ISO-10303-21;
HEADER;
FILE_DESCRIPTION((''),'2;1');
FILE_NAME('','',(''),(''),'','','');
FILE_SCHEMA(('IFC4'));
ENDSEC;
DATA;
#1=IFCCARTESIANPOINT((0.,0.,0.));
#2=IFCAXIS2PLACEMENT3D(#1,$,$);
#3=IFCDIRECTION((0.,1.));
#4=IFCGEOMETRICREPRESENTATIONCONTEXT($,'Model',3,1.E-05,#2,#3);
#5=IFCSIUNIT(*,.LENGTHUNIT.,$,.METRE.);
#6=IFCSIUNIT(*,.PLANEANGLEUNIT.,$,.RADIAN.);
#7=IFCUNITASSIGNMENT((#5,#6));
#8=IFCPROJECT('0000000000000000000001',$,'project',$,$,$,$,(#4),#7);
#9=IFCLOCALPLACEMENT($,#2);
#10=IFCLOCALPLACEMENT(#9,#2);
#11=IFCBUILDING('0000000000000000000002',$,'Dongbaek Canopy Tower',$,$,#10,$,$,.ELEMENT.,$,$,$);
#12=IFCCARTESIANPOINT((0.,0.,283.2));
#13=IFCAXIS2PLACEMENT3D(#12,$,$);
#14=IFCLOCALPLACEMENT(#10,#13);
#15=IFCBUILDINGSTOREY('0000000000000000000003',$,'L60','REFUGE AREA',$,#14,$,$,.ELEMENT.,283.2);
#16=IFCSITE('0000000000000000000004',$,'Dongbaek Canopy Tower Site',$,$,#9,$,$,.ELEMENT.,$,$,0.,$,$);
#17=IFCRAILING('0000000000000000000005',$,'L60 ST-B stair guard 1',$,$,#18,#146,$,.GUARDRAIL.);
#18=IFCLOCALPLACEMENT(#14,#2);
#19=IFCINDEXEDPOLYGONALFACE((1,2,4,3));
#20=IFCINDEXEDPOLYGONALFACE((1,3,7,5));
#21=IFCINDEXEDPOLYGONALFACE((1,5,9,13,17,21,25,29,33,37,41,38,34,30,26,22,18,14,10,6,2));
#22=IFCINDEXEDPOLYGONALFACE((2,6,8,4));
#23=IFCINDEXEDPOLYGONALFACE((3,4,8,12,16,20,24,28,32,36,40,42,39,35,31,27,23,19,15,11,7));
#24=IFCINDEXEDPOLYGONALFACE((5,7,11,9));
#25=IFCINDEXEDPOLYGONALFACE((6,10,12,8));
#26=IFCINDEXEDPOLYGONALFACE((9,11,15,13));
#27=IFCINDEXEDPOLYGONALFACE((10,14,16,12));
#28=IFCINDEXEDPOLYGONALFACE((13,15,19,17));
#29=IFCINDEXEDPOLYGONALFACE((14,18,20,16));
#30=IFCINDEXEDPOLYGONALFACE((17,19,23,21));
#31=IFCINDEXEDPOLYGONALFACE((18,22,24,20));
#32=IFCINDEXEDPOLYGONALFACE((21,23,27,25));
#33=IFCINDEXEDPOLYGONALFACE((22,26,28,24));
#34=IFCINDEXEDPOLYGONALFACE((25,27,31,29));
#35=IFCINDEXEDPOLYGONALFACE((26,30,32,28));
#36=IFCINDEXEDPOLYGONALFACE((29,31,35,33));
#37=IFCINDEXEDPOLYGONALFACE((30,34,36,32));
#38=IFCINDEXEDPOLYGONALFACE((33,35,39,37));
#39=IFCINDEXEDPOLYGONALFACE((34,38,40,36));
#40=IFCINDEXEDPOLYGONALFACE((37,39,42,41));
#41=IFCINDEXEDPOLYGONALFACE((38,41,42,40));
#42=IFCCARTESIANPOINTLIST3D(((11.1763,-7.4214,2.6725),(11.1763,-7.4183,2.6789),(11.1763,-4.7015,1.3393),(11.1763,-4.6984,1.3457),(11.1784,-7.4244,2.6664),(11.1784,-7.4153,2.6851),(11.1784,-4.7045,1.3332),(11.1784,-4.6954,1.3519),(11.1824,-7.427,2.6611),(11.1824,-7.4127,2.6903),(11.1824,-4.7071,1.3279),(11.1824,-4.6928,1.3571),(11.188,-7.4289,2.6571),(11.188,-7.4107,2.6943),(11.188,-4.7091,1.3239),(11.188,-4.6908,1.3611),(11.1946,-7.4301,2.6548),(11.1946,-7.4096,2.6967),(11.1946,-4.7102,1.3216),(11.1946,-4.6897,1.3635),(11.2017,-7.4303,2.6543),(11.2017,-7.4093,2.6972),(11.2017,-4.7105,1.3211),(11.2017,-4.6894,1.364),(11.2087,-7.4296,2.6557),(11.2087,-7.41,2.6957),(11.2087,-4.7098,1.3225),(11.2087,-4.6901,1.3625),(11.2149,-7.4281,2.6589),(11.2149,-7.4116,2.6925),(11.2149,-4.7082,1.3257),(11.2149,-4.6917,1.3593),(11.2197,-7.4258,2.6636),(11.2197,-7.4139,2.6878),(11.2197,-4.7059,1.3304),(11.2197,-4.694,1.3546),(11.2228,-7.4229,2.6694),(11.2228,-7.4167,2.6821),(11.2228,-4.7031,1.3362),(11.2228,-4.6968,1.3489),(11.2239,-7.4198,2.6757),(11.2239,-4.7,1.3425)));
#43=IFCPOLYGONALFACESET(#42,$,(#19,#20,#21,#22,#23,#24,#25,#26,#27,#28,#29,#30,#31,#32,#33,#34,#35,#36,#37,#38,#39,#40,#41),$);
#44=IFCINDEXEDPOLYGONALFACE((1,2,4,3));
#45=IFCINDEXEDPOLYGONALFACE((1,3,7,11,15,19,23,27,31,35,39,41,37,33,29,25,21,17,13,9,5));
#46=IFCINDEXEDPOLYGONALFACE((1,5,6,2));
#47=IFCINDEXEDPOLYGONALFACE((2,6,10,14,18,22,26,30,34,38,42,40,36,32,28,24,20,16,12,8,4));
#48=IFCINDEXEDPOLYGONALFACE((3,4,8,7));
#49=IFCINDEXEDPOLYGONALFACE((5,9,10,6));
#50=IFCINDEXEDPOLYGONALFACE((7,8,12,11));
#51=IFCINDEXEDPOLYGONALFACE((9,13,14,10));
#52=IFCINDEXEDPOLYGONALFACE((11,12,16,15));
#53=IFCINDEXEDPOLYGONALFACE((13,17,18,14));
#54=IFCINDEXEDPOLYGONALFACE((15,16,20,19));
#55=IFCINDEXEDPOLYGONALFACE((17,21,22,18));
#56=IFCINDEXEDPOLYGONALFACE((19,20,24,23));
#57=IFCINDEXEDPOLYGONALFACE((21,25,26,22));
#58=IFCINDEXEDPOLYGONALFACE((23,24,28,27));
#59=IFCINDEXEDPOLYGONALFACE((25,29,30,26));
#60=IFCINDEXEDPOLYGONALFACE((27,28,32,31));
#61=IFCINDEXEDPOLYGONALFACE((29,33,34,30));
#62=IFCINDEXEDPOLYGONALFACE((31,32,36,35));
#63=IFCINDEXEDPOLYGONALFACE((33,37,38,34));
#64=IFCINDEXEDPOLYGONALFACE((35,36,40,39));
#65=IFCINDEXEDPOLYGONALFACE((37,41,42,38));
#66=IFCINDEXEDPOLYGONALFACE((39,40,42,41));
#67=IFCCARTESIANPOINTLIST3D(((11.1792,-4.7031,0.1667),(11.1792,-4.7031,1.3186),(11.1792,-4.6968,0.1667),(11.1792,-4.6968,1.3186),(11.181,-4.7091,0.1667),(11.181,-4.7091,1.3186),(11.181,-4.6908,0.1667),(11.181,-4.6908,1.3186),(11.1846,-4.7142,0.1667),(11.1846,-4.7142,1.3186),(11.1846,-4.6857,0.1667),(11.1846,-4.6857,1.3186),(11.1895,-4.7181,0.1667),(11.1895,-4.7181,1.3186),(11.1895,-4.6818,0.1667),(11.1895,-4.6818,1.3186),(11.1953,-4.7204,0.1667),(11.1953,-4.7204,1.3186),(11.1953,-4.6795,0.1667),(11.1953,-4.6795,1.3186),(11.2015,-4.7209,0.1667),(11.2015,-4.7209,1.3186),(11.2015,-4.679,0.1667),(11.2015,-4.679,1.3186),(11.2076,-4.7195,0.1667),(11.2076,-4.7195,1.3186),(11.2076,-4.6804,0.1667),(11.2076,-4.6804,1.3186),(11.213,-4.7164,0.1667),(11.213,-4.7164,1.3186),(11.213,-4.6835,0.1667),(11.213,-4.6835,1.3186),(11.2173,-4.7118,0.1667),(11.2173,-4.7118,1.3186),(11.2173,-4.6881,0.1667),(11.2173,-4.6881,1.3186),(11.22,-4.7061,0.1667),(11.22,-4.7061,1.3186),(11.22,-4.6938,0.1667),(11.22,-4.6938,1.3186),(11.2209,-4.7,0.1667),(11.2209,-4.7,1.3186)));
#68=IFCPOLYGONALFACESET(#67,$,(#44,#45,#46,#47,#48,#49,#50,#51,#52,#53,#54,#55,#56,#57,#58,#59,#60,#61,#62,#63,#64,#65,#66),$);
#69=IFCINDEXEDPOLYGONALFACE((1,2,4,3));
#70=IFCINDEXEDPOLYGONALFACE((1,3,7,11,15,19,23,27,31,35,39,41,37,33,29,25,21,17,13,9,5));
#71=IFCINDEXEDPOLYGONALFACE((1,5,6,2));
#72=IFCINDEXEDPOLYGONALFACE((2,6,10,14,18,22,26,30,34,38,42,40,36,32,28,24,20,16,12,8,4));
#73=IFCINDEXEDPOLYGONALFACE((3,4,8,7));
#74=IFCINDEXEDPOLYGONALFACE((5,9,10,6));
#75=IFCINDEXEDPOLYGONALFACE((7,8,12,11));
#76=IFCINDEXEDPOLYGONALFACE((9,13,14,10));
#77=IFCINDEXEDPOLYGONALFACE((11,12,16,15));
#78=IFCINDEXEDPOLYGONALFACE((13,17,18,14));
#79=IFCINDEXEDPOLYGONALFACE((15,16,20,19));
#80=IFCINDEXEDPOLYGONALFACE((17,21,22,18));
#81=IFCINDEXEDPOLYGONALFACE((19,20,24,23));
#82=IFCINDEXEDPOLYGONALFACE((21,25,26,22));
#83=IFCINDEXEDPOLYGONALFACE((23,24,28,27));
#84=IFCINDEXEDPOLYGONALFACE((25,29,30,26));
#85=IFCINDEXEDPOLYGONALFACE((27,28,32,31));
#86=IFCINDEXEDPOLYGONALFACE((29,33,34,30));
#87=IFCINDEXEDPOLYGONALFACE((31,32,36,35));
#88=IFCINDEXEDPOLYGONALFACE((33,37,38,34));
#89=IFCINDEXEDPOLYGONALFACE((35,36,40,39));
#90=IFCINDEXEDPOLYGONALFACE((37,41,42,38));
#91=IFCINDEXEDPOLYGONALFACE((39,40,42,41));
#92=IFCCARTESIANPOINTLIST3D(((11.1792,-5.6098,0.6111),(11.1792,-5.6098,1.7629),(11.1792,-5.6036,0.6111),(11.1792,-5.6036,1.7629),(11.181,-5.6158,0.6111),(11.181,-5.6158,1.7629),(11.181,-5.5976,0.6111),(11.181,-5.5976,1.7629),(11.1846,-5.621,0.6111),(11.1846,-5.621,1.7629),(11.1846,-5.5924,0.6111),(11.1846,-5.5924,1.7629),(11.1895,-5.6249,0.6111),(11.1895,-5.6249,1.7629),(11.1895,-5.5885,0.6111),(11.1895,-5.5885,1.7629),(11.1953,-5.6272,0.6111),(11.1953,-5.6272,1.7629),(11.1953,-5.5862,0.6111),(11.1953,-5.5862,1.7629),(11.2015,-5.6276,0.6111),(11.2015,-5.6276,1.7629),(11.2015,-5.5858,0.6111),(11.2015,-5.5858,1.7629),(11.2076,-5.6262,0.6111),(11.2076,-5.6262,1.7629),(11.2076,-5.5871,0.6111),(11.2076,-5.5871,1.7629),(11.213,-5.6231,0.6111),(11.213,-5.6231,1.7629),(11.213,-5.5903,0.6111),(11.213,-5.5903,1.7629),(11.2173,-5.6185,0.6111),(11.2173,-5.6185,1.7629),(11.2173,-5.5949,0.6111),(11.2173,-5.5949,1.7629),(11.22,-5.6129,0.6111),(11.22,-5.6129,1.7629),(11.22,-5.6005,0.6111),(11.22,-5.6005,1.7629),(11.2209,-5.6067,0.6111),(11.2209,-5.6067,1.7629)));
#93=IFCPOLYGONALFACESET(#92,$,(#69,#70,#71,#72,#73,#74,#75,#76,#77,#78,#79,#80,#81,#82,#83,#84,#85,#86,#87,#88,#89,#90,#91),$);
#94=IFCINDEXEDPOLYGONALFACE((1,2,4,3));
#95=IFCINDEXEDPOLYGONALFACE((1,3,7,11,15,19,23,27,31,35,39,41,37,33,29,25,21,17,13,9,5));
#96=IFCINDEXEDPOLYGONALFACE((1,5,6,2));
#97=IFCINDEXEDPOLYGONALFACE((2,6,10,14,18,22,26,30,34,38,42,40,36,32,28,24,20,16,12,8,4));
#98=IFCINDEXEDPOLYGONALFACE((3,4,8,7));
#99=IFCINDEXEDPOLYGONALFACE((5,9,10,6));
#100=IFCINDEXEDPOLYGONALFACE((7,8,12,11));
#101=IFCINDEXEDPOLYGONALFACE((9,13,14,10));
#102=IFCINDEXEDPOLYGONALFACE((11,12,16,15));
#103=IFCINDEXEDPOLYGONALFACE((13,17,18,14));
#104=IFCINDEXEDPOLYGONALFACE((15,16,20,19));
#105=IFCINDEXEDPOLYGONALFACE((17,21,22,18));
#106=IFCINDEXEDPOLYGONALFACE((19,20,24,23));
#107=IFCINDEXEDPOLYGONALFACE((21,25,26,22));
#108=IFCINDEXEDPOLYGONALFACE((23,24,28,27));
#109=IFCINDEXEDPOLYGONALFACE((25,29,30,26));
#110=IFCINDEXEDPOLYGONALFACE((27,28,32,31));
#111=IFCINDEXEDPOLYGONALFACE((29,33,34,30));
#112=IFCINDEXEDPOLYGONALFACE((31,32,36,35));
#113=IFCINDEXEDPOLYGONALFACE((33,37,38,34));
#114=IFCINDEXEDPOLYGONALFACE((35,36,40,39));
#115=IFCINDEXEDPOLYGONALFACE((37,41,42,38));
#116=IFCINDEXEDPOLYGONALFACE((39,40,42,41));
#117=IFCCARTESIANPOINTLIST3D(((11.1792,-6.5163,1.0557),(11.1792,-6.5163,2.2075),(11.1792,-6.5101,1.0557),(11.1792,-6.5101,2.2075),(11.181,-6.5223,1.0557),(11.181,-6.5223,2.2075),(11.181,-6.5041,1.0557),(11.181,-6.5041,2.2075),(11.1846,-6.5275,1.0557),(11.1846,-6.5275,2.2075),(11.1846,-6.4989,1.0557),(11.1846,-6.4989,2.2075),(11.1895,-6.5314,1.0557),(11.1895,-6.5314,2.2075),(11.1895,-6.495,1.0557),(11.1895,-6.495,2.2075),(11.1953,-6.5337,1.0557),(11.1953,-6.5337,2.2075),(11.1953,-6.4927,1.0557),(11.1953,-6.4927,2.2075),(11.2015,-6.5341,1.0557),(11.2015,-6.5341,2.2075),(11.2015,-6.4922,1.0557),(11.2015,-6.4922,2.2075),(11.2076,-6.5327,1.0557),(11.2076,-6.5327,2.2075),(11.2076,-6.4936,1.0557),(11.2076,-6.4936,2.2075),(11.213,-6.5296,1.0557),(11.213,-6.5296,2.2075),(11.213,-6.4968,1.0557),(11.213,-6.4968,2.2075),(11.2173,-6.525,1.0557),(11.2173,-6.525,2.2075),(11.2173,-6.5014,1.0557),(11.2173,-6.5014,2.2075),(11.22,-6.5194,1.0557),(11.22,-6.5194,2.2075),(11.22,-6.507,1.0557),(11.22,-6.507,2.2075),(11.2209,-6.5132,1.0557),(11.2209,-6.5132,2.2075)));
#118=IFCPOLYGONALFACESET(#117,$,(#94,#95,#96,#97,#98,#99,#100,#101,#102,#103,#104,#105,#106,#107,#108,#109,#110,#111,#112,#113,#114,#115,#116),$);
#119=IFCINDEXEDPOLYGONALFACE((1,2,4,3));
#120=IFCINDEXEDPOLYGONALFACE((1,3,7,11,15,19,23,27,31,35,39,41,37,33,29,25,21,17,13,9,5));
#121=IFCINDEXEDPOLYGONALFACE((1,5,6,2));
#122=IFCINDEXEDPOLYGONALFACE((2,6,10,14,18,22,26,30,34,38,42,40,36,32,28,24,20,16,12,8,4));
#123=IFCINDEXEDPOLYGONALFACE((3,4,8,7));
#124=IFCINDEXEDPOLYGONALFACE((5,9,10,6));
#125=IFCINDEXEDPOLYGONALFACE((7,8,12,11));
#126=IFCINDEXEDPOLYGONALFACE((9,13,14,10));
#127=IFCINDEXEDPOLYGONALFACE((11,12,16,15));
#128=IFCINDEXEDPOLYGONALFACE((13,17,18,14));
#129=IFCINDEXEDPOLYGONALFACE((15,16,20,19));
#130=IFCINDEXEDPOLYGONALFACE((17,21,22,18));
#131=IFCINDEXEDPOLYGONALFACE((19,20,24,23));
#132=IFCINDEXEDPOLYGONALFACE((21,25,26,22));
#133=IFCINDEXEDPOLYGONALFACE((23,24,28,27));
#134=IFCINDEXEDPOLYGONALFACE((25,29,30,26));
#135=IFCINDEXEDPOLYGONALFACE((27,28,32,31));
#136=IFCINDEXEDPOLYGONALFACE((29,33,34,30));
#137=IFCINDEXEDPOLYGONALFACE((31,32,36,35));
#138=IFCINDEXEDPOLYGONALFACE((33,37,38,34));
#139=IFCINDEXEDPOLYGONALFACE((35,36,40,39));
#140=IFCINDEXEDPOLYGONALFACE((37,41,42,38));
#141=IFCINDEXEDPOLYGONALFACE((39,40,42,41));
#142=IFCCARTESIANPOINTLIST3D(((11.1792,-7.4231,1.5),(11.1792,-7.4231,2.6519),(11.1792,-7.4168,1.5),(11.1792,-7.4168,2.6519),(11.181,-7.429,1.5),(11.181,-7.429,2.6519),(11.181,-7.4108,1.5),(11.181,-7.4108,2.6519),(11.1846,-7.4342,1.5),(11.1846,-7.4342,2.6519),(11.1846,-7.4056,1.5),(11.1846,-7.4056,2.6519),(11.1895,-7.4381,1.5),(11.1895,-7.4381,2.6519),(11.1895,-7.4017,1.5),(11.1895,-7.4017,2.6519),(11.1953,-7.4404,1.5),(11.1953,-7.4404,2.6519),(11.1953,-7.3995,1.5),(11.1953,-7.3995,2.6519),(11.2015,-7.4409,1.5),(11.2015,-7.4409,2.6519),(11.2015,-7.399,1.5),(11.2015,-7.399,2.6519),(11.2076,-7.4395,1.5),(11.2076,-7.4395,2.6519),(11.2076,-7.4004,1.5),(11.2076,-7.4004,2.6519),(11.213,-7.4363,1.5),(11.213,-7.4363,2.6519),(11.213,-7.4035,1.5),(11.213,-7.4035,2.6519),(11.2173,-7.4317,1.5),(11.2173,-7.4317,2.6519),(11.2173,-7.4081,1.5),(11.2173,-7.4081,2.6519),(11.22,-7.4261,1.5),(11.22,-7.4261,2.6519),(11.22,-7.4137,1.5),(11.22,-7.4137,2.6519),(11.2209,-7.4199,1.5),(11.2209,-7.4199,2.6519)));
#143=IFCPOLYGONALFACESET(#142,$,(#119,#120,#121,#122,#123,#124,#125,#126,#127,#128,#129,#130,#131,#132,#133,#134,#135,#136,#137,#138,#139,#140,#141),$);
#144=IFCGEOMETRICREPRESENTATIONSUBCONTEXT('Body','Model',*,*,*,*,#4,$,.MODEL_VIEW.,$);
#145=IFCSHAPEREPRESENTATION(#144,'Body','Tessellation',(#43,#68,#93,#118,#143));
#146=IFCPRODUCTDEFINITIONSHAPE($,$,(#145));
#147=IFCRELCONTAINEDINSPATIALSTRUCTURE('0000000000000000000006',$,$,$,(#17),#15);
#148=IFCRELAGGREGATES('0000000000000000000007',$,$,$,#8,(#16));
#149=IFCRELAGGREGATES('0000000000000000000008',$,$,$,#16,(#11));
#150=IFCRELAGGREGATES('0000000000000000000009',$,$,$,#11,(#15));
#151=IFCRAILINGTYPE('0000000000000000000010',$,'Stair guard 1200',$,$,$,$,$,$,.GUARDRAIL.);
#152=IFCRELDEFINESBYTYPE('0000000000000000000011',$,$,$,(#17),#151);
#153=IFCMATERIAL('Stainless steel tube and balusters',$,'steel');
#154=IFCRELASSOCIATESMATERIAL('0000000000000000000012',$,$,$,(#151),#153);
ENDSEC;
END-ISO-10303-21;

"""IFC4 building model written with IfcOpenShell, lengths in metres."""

from ifc_helpers import new_model, si_unit, direction, frame, origin, origin_2d, place, context, subcontext, project, spatial, circle, extrude, material, type_object, element, save


model = new_model("IFC4")

# Units and contexts
model_context = context("Model", 3, precision=1e-05, world=origin(), true_north=direction((0.0, 1.0)))
body_context = subcontext(model_context, "Body", "Model", "MODEL_VIEW")
ifc_project = project(units=[si_unit("LENGTHUNIT", "METRE"), si_unit("PLANEANGLEUNIT", "RADIAN")], contexts=[model_context])

# Site, building, storey
site_placement = place(None, origin())
site = spatial("IfcSite", under=ifc_project, at=site_placement, Name="Dongbaek Canopy Tower Site", CompositionType="ELEMENT", RefElevation=0.0)
building_placement = place(site_placement, origin())
building = spatial("IfcBuilding", under=site, at=building_placement, Name="Dongbaek Canopy Tower", CompositionType="ELEMENT")
storey_placement = place(building_placement, frame((0.0, 0.0, 283.2)))
storey = spatial("IfcBuildingStorey", under=building, at=storey_placement, Name="L60", Description="REFUGE AREA", CompositionType="ELEMENT", Elevation=283.2)

# Railing
ifc_material_1 = material(Name="Stainless steel tube and balusters", Category="steel")
railing_type_1 = type_object("IfcRailingType", Name="Stair guard 1200", PredefinedType="GUARDRAIL", material=ifc_material_1)
railing_1_placement = place(storey_placement, frame((11.2, -4.7, 0.1667)))
element("IfcRailing", 1, at=railing_1_placement, inside=storey, type_object=railing_type_1, Name="L60 ST-B stair guard 1", PredefinedType="GUARDRAIL", context=body_context, shape_type="SweptSolid", body=[
    extrude(circle(Radius=0.0239, at=origin_2d()), frame((0.0, 0.0, 1.1758), z_axis=(0.0, -0.897929, 0.440139), x_axis=(1.0, 0.0, 0.0)), (0.0, 0.0, 1.0), 3.0291),
    extrude(circle(Radius=0.021, at=origin_2d()), origin(), (0.0, 0.0, 1.0), 1.1519),
    extrude(circle(Radius=0.021, at=origin_2d()), frame((0.0, -0.9067, 0.4443)), (0.0, 0.0, 1.0), 1.1519),
    extrude(circle(Radius=0.021, at=origin_2d()), frame((0.0, -1.8132, 0.8889)), (0.0, 0.0, 1.0), 1.1519),
    extrude(circle(Radius=0.021, at=origin_2d()), frame((0.0, -2.72, 1.3333)), (0.0, 0.0, 1.0), 1.1519),
])

save(model, "model.ifc")
